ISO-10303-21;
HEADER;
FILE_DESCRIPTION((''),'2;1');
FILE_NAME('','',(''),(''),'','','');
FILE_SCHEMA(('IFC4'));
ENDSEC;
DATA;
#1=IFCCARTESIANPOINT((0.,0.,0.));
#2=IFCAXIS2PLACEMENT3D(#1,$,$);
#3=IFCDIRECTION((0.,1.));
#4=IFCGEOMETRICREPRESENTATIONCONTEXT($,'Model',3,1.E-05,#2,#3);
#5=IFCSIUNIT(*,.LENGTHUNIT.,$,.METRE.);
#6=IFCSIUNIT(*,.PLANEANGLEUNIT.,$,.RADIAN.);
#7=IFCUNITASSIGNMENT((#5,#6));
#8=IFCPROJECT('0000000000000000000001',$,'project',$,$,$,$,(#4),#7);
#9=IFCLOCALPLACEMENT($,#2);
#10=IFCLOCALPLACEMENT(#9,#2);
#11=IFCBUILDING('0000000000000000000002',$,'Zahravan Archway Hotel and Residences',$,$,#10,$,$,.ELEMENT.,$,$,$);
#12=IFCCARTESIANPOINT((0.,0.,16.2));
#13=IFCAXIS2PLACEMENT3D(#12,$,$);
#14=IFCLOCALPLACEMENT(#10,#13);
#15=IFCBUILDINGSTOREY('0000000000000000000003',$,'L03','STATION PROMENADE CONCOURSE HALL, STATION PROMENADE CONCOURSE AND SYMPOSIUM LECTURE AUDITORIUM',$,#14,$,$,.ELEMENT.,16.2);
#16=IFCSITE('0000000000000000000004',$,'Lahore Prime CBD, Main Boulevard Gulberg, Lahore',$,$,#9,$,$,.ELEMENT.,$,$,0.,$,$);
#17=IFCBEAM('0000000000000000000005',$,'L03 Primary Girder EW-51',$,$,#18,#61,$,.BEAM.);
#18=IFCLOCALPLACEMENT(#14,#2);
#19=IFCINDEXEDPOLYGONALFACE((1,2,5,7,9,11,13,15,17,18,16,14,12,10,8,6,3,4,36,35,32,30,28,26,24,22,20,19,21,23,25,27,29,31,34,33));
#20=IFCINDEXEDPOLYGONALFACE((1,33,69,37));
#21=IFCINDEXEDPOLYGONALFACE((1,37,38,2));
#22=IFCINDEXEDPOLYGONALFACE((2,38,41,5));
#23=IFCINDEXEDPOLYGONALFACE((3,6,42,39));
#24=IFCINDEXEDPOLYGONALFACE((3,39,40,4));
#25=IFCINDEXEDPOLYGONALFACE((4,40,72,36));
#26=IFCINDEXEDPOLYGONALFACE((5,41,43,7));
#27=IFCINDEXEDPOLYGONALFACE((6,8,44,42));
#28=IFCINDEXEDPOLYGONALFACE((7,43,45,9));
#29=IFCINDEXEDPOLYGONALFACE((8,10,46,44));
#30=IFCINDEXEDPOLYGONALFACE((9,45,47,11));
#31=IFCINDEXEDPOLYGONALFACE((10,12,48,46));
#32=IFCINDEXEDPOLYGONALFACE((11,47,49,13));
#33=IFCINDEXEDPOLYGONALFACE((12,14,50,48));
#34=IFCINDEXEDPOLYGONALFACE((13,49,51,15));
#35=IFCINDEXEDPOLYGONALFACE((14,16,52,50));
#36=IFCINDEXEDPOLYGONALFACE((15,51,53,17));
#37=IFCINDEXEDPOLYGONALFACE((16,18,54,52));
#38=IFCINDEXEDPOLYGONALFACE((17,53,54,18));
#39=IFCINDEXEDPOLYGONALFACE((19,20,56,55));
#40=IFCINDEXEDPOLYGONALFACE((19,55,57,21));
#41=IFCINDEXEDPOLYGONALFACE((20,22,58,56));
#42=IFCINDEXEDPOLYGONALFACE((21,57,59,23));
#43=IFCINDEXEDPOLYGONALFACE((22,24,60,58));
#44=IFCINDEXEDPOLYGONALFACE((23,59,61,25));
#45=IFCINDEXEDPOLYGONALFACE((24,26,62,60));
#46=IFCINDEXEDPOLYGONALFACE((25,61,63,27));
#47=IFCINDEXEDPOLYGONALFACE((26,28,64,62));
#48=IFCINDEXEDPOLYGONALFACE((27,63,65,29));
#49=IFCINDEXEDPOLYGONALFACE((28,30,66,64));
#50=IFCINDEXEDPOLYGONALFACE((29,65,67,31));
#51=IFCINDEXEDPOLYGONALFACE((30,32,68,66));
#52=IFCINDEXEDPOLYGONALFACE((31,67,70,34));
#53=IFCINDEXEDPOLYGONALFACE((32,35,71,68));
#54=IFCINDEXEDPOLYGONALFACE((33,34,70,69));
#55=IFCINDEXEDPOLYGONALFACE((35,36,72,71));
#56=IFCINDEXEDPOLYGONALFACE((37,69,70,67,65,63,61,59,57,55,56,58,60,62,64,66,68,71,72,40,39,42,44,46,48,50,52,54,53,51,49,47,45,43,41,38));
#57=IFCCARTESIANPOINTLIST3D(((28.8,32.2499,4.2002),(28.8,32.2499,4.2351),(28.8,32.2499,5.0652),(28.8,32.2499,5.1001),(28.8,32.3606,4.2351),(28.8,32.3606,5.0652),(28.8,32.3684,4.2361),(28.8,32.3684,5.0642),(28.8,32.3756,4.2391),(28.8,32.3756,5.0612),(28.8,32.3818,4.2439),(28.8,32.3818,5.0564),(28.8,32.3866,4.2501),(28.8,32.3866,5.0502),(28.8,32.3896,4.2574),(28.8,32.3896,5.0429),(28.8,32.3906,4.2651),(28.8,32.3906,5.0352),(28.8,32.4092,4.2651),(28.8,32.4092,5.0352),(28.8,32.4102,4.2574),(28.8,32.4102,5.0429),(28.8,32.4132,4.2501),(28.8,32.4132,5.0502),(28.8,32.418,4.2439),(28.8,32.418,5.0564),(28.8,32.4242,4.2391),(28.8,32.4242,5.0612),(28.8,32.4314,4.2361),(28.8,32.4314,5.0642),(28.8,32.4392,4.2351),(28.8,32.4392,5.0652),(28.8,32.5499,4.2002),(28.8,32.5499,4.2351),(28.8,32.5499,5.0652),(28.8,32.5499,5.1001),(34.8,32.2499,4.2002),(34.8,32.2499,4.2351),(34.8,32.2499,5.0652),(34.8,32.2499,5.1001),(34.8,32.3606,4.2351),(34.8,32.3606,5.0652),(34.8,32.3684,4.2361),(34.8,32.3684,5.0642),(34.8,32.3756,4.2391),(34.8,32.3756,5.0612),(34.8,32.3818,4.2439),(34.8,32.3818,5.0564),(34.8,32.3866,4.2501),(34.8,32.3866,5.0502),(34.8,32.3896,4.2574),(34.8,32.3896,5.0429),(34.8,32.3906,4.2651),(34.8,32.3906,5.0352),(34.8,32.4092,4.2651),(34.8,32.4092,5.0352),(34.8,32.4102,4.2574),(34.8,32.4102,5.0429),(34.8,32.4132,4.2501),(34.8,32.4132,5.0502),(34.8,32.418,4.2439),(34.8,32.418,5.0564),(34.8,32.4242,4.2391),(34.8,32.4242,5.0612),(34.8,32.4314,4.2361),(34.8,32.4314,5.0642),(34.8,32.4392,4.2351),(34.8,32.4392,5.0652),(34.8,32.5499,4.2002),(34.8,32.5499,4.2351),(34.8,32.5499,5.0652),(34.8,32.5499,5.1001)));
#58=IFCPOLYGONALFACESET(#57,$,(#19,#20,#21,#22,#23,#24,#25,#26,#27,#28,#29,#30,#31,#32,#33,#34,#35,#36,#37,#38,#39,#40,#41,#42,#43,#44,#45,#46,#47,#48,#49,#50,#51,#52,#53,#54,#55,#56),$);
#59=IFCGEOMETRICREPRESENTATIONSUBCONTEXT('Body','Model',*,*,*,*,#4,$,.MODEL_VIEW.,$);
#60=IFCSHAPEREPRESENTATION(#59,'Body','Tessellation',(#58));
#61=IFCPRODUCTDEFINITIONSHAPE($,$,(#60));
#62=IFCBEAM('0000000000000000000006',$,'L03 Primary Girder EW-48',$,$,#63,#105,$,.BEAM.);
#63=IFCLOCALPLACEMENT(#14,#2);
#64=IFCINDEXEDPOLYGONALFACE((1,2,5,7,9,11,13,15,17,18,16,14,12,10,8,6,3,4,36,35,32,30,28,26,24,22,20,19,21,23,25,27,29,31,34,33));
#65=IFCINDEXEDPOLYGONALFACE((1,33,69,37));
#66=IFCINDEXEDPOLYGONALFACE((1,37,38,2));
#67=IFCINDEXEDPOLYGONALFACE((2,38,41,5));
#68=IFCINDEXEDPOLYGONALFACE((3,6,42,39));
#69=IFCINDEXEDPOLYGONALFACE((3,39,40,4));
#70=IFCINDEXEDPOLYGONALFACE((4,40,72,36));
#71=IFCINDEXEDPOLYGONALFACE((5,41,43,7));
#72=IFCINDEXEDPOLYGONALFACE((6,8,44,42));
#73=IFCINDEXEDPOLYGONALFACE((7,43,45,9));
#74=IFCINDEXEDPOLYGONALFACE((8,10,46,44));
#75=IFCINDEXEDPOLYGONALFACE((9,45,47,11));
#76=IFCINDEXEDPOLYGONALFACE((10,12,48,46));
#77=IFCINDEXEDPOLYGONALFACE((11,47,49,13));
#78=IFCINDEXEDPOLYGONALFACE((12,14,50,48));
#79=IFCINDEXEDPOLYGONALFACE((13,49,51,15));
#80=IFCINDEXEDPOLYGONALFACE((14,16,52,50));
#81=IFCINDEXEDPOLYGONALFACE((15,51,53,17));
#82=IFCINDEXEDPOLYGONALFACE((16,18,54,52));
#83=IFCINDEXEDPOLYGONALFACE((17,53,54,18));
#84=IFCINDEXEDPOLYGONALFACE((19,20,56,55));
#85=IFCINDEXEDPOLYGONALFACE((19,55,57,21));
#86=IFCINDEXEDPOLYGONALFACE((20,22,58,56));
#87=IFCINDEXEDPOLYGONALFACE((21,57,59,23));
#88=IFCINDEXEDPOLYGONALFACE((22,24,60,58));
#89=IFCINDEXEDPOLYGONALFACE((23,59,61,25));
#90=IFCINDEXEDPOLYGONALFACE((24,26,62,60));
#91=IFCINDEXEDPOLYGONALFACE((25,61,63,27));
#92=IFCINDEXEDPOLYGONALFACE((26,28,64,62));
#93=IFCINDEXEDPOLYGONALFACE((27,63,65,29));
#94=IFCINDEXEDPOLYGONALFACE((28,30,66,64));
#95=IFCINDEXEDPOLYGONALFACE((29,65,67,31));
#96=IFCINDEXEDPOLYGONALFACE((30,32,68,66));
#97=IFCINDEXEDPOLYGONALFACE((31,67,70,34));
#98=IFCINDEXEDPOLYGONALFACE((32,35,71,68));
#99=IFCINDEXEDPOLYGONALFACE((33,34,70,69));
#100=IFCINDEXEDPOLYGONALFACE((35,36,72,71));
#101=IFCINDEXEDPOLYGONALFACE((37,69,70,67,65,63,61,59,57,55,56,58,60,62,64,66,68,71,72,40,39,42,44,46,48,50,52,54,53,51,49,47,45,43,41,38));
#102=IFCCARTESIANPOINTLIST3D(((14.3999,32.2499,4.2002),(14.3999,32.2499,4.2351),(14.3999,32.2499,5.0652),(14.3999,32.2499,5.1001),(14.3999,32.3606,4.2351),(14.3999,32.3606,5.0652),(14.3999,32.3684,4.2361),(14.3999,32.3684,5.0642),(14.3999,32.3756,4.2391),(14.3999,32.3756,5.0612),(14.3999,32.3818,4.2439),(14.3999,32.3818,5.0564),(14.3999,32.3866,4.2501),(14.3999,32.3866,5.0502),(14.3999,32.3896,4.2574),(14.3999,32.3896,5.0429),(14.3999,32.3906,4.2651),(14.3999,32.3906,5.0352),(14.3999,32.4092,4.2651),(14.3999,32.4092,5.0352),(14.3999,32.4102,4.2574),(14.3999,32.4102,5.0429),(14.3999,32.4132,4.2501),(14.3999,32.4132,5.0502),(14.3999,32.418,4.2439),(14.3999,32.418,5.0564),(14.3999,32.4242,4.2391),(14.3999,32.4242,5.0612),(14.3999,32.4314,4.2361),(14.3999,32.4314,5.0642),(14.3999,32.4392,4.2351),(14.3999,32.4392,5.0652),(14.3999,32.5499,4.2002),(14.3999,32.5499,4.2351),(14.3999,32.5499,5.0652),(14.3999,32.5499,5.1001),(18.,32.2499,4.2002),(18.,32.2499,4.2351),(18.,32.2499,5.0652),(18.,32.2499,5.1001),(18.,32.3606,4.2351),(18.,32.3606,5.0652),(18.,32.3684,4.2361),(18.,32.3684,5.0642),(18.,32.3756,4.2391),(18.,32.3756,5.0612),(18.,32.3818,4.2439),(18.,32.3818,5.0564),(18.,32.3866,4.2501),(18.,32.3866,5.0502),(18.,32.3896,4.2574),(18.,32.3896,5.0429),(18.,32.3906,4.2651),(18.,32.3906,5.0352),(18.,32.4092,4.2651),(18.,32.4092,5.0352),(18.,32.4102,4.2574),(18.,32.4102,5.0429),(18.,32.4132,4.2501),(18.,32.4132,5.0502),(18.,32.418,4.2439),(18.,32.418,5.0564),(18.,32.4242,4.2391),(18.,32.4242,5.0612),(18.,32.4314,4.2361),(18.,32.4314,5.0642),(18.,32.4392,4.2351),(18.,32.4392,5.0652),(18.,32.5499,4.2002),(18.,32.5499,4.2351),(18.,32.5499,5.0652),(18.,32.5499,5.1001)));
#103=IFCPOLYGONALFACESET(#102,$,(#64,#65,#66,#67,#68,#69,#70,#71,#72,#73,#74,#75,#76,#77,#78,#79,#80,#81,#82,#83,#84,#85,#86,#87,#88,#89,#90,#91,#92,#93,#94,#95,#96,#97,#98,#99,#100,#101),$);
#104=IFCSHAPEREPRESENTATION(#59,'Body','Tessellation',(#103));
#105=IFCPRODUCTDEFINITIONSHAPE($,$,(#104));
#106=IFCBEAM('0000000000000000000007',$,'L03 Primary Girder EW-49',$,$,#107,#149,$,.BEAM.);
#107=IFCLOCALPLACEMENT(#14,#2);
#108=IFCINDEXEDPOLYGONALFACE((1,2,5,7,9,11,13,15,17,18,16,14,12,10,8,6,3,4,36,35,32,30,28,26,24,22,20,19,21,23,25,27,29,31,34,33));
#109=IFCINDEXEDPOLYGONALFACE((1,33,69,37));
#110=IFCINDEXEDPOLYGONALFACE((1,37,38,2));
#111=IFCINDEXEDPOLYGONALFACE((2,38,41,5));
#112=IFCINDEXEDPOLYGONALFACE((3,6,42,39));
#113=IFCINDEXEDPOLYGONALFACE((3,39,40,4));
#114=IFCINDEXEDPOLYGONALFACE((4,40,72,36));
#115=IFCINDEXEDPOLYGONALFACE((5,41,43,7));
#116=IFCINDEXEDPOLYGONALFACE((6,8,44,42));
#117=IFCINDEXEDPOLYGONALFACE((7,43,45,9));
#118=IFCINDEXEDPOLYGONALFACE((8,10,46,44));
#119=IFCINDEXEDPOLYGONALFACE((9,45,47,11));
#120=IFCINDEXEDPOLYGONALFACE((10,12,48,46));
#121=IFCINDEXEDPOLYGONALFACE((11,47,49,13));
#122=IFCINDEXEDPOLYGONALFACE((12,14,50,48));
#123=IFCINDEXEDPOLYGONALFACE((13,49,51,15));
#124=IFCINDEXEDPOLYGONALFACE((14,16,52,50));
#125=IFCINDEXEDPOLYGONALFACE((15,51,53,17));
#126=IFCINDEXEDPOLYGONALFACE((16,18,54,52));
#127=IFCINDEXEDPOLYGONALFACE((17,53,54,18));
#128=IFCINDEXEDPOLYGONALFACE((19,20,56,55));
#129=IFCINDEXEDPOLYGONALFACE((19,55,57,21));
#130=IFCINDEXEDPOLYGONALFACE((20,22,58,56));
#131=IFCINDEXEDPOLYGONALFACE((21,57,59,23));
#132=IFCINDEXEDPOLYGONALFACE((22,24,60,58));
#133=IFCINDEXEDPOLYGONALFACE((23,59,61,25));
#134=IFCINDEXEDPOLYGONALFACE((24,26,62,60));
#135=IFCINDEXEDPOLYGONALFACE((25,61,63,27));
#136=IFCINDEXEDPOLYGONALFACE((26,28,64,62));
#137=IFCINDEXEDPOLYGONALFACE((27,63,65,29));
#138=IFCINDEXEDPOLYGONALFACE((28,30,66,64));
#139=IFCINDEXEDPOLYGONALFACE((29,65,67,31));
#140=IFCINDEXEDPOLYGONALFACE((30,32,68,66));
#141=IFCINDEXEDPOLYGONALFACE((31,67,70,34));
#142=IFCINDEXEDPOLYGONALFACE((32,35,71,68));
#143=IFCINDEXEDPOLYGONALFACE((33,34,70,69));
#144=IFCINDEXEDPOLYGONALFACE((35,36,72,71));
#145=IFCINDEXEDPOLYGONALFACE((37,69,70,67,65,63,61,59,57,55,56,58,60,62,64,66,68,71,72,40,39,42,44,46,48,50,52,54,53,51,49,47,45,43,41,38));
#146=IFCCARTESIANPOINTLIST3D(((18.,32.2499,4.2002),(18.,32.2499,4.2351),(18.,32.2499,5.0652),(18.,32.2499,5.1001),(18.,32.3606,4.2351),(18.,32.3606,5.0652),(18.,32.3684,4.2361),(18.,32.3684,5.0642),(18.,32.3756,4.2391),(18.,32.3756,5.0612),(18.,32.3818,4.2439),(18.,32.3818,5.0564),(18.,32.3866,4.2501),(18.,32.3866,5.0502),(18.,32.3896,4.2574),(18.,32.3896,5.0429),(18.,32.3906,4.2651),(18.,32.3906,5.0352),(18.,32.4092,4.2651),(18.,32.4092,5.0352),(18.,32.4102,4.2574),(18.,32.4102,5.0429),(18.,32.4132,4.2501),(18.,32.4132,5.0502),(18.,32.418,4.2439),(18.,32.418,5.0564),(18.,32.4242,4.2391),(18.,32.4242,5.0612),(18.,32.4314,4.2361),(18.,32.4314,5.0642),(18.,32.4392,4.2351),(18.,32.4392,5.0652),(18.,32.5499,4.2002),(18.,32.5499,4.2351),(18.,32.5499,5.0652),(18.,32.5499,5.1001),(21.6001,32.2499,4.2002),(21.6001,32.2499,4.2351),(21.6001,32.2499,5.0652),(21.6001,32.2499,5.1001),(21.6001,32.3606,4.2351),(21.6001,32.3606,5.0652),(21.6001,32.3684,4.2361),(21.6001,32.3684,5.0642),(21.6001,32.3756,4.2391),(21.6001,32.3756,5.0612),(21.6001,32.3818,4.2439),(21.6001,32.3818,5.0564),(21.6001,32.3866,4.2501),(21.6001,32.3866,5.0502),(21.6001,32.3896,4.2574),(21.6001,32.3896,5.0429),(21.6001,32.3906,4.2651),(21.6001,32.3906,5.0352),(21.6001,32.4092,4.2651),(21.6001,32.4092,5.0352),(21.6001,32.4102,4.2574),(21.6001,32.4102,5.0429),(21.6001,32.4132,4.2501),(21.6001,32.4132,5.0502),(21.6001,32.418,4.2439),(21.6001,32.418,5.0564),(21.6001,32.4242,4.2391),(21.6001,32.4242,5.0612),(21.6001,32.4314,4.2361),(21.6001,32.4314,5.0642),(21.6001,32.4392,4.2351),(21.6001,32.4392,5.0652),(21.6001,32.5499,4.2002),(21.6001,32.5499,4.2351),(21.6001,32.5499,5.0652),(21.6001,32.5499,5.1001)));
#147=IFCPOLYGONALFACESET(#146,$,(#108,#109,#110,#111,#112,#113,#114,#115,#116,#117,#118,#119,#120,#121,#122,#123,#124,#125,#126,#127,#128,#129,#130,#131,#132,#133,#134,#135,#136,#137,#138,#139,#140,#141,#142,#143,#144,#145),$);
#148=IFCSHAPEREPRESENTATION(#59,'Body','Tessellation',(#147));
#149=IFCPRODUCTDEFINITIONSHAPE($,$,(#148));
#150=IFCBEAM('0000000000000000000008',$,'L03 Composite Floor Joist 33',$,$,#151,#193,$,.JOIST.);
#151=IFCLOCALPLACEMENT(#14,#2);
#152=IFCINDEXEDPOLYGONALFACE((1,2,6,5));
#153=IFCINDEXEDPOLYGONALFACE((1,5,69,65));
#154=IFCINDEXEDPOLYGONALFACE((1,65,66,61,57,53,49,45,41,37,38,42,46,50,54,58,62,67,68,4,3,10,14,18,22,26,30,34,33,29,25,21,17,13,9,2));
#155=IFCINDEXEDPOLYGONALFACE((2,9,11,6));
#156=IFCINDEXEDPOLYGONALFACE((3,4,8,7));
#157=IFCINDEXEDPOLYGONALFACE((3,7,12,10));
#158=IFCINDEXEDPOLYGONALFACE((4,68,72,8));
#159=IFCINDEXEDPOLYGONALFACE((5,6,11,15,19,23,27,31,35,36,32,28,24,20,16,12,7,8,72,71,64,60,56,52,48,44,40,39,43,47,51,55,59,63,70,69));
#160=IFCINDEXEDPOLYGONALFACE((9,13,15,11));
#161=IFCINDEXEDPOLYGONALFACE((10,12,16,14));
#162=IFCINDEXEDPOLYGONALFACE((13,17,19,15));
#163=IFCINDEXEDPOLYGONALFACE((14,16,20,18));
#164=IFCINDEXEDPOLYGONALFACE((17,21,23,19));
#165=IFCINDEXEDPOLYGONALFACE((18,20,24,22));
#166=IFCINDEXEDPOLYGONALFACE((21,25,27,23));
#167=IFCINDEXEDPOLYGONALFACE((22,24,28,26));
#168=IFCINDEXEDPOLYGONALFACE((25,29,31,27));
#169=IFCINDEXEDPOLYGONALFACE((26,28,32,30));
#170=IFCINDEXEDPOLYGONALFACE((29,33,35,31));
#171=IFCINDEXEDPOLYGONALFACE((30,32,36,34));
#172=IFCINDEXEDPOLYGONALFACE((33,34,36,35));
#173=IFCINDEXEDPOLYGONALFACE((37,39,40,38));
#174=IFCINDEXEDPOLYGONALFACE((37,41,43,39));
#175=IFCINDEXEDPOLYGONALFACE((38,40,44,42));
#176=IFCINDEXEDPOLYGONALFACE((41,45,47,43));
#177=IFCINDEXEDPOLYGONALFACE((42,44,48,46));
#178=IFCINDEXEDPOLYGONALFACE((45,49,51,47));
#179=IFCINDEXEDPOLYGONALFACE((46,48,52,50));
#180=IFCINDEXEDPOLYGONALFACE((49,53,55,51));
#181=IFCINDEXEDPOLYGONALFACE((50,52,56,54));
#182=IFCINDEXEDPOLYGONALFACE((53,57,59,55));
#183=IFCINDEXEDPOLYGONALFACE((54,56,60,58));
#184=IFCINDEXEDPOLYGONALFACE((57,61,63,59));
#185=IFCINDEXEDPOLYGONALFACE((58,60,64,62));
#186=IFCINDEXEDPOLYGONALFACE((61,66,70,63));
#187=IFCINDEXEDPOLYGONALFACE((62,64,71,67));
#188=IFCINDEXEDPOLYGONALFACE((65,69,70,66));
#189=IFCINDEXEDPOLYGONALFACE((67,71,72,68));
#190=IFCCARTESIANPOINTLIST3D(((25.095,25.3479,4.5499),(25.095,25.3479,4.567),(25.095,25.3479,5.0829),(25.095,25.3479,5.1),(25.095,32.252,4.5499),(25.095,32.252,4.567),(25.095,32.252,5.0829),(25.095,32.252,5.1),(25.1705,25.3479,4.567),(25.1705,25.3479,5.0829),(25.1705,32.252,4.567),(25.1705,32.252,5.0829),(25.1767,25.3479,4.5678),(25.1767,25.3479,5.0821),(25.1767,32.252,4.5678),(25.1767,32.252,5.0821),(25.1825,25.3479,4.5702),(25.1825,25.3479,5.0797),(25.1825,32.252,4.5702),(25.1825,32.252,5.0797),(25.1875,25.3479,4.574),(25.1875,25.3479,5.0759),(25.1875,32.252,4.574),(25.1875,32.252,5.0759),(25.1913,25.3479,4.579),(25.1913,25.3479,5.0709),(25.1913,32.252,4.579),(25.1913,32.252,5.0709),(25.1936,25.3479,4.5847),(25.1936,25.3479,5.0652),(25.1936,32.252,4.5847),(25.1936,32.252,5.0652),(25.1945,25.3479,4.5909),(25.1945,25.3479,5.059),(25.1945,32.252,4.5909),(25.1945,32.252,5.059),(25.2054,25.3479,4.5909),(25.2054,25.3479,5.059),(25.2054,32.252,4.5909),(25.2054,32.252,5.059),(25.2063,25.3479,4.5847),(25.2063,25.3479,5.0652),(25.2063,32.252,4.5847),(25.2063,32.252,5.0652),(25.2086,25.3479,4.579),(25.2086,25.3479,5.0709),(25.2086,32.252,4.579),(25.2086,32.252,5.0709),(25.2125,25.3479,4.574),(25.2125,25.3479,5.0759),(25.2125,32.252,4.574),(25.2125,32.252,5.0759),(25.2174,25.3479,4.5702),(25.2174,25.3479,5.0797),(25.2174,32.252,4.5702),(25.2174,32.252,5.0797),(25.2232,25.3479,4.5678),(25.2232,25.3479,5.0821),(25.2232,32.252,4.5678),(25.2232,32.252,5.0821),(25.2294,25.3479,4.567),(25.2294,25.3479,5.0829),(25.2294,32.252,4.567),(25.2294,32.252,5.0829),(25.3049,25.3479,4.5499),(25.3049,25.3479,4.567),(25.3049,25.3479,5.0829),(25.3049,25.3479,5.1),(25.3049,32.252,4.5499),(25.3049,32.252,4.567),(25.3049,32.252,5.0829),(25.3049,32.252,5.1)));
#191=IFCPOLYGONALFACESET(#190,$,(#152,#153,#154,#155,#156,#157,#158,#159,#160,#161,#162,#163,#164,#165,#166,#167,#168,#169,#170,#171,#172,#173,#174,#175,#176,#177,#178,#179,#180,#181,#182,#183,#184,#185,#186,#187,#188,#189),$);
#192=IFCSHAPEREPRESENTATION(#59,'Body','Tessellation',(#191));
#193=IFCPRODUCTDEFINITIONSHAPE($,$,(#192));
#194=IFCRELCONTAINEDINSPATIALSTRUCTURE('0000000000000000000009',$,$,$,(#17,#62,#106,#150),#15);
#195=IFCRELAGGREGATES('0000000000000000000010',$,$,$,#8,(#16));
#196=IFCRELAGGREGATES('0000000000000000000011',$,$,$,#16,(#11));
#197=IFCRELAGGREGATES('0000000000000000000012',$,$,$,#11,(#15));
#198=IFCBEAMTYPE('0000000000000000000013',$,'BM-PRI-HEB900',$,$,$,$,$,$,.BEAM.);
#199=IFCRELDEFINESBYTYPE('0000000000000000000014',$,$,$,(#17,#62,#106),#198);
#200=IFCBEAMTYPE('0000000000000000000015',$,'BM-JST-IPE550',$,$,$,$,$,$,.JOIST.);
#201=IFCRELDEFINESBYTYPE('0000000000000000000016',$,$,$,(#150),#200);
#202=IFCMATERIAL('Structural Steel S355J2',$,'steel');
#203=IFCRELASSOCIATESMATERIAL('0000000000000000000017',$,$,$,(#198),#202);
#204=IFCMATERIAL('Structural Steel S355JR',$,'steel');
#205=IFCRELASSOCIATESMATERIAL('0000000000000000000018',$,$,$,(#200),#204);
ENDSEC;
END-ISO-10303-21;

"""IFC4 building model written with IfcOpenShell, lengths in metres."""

from ifc_helpers import new_model, si_unit, direction, frame, origin, origin_2d, place, context, subcontext, project, spatial, i_section, extrude, source, transform, mapped, material, material_profile, profile_set, type_object, type_shapes, element, save


model = new_model("IFC4")

# Units and contexts
model_context = context("Model", 3, precision=1e-05, world=origin(), true_north=direction((0.0, 1.0)))
body_context = subcontext(model_context, "Body", "Model", "MODEL_VIEW")
ifc_project = project(units=[si_unit("LENGTHUNIT", "METRE"), si_unit("PLANEANGLEUNIT", "RADIAN")], contexts=[model_context])

# Site, building, storey
site_placement = place(None, origin())
site = spatial("IfcSite", under=ifc_project, at=site_placement, Name="Lahore Prime CBD, Main Boulevard Gulberg, Lahore", CompositionType="ELEMENT", RefElevation=0.0)
building_placement = place(site_placement, origin())
building = spatial("IfcBuilding", under=site, at=building_placement, Name="Zahravan Archway Hotel and Residences", CompositionType="ELEMENT")
storey_placement = place(building_placement, frame((0.0, 0.0, 16.2)))
storey = spatial("IfcBuildingStorey", under=building, at=storey_placement, Name="L03", Description="STATION PROMENADE CONCOURSE HALL, STATION PROMENADE CONCOURSE AND SYMPOSIUM LECTURE AUDITORIUM", CompositionType="ELEMENT", Elevation=16.2)

# Beams
ifc_material_1 = material(Name="Structural Steel S355J2", Category="steel")
ifc_material_profile_1 = material_profile(ifc_material_1, i_section(OverallWidth=0.3, OverallDepth=0.8999, WebThickness=0.0186, FlangeThickness=0.0349, FilletRadius=0.03, at=origin_2d()), Name="HEB 900", Category="steel")
ifc_profile_set_1 = profile_set([ifc_material_profile_1], Name="Structural Steel S355J2")
beam_type_1 = type_object("IfcBeamType", Name="BM-PRI-HEB900", PredefinedType="BEAM", material=ifc_profile_set_1)
shared_shape_1 = source(origin(), body_context, "Body", "SweptSolid", [
    extrude(i_section(OverallWidth=0.3, OverallDepth=0.8999, WebThickness=0.0186, FlangeThickness=0.0349, FilletRadius=0.03, at=origin_2d()), origin(), (0.0, 0.0, 1.0), 6.0),
])
for number, where, z_axis, x_axis, name in (
    (1, (28.8, 32.3999, 4.6501), (1.0, 0.0, 0.0), (0.0, 1.0, 0.0), "L03 Primary Girder EW-51"),
):
    element("IfcBeam", number, at=place(storey_placement, frame(where, z_axis=z_axis, x_axis=x_axis)), inside=storey, type_object=beam_type_1, Name=name, PredefinedType="BEAM", context=body_context, shape_type="MappedRepresentation", body=[
        mapped(shared_shape_1, transform((0.0, 0.0, 0.0), scale=1.0)),
    ])
shared_shape_2 = source(origin(), body_context, "Body", "SweptSolid", [
    extrude(i_section(OverallWidth=0.3, OverallDepth=0.8999, WebThickness=0.0186, FlangeThickness=0.0349, FilletRadius=0.03, at=origin_2d()), origin(), (0.0, 0.0, 1.0), 3.6001),
])
for number, where, z_axis, x_axis, name in (
    (2, (14.3999, 32.3999, 4.6501), (1.0, 0.0, 0.0), (0.0, 1.0, 0.0), "L03 Primary Girder EW-48"),
    (3, (18.0, 32.3999, 4.6501), (1.0, 0.0, 0.0), (0.0, 1.0, 0.0), "L03 Primary Girder EW-49"),
):
    element("IfcBeam", number, at=place(storey_placement, frame(where, z_axis=z_axis, x_axis=x_axis)), inside=storey, type_object=beam_type_1, Name=name, PredefinedType="BEAM", context=body_context, shape_type="MappedRepresentation", body=[
        mapped(shared_shape_2, transform((0.0, 0.0, 0.0), scale=1.0)),
    ])
ifc_material_2 = material(Name="Structural Steel S355JR", Category="steel")
ifc_material_profile_2 = material_profile(ifc_material_2, i_section(OverallWidth=0.21, OverallDepth=0.55, WebThickness=0.011, FlangeThickness=0.0171, FilletRadius=0.0239, at=origin_2d()), Name="IPE 550", Category="steel")
ifc_profile_set_2 = profile_set([ifc_material_profile_2], Name="Structural Steel S355JR")
beam_type_2 = type_object("IfcBeamType", Name="BM-JST-IPE550", PredefinedType="JOIST", material=ifc_profile_set_2)
shared_shape_3 = source(origin(), body_context, "Body", "SweptSolid", [
    extrude(i_section(OverallWidth=0.21, OverallDepth=0.55, WebThickness=0.011, FlangeThickness=0.0171, FilletRadius=0.0239, at=origin_2d()), origin(), (0.0, 0.0, 1.0), 6.9041),
])
type_shapes(beam_type_2, [shared_shape_3])
beam_placement = place(storey_placement, frame((25.2, 25.3479, 4.825), z_axis=(0.0, 1.0, 0.0), x_axis=(-1.0, 0.0, 0.0)))
element("IfcBeam", 4, at=beam_placement, inside=storey, type_object=beam_type_2, Name="L03 Composite Floor Joist 33", PredefinedType="JOIST", context=body_context, shape_type="MappedRepresentation", body=[
    mapped(shared_shape_3, transform((0.0, 0.0, 0.0), scale=1.0)),
])

save(model, "model.ifc")
